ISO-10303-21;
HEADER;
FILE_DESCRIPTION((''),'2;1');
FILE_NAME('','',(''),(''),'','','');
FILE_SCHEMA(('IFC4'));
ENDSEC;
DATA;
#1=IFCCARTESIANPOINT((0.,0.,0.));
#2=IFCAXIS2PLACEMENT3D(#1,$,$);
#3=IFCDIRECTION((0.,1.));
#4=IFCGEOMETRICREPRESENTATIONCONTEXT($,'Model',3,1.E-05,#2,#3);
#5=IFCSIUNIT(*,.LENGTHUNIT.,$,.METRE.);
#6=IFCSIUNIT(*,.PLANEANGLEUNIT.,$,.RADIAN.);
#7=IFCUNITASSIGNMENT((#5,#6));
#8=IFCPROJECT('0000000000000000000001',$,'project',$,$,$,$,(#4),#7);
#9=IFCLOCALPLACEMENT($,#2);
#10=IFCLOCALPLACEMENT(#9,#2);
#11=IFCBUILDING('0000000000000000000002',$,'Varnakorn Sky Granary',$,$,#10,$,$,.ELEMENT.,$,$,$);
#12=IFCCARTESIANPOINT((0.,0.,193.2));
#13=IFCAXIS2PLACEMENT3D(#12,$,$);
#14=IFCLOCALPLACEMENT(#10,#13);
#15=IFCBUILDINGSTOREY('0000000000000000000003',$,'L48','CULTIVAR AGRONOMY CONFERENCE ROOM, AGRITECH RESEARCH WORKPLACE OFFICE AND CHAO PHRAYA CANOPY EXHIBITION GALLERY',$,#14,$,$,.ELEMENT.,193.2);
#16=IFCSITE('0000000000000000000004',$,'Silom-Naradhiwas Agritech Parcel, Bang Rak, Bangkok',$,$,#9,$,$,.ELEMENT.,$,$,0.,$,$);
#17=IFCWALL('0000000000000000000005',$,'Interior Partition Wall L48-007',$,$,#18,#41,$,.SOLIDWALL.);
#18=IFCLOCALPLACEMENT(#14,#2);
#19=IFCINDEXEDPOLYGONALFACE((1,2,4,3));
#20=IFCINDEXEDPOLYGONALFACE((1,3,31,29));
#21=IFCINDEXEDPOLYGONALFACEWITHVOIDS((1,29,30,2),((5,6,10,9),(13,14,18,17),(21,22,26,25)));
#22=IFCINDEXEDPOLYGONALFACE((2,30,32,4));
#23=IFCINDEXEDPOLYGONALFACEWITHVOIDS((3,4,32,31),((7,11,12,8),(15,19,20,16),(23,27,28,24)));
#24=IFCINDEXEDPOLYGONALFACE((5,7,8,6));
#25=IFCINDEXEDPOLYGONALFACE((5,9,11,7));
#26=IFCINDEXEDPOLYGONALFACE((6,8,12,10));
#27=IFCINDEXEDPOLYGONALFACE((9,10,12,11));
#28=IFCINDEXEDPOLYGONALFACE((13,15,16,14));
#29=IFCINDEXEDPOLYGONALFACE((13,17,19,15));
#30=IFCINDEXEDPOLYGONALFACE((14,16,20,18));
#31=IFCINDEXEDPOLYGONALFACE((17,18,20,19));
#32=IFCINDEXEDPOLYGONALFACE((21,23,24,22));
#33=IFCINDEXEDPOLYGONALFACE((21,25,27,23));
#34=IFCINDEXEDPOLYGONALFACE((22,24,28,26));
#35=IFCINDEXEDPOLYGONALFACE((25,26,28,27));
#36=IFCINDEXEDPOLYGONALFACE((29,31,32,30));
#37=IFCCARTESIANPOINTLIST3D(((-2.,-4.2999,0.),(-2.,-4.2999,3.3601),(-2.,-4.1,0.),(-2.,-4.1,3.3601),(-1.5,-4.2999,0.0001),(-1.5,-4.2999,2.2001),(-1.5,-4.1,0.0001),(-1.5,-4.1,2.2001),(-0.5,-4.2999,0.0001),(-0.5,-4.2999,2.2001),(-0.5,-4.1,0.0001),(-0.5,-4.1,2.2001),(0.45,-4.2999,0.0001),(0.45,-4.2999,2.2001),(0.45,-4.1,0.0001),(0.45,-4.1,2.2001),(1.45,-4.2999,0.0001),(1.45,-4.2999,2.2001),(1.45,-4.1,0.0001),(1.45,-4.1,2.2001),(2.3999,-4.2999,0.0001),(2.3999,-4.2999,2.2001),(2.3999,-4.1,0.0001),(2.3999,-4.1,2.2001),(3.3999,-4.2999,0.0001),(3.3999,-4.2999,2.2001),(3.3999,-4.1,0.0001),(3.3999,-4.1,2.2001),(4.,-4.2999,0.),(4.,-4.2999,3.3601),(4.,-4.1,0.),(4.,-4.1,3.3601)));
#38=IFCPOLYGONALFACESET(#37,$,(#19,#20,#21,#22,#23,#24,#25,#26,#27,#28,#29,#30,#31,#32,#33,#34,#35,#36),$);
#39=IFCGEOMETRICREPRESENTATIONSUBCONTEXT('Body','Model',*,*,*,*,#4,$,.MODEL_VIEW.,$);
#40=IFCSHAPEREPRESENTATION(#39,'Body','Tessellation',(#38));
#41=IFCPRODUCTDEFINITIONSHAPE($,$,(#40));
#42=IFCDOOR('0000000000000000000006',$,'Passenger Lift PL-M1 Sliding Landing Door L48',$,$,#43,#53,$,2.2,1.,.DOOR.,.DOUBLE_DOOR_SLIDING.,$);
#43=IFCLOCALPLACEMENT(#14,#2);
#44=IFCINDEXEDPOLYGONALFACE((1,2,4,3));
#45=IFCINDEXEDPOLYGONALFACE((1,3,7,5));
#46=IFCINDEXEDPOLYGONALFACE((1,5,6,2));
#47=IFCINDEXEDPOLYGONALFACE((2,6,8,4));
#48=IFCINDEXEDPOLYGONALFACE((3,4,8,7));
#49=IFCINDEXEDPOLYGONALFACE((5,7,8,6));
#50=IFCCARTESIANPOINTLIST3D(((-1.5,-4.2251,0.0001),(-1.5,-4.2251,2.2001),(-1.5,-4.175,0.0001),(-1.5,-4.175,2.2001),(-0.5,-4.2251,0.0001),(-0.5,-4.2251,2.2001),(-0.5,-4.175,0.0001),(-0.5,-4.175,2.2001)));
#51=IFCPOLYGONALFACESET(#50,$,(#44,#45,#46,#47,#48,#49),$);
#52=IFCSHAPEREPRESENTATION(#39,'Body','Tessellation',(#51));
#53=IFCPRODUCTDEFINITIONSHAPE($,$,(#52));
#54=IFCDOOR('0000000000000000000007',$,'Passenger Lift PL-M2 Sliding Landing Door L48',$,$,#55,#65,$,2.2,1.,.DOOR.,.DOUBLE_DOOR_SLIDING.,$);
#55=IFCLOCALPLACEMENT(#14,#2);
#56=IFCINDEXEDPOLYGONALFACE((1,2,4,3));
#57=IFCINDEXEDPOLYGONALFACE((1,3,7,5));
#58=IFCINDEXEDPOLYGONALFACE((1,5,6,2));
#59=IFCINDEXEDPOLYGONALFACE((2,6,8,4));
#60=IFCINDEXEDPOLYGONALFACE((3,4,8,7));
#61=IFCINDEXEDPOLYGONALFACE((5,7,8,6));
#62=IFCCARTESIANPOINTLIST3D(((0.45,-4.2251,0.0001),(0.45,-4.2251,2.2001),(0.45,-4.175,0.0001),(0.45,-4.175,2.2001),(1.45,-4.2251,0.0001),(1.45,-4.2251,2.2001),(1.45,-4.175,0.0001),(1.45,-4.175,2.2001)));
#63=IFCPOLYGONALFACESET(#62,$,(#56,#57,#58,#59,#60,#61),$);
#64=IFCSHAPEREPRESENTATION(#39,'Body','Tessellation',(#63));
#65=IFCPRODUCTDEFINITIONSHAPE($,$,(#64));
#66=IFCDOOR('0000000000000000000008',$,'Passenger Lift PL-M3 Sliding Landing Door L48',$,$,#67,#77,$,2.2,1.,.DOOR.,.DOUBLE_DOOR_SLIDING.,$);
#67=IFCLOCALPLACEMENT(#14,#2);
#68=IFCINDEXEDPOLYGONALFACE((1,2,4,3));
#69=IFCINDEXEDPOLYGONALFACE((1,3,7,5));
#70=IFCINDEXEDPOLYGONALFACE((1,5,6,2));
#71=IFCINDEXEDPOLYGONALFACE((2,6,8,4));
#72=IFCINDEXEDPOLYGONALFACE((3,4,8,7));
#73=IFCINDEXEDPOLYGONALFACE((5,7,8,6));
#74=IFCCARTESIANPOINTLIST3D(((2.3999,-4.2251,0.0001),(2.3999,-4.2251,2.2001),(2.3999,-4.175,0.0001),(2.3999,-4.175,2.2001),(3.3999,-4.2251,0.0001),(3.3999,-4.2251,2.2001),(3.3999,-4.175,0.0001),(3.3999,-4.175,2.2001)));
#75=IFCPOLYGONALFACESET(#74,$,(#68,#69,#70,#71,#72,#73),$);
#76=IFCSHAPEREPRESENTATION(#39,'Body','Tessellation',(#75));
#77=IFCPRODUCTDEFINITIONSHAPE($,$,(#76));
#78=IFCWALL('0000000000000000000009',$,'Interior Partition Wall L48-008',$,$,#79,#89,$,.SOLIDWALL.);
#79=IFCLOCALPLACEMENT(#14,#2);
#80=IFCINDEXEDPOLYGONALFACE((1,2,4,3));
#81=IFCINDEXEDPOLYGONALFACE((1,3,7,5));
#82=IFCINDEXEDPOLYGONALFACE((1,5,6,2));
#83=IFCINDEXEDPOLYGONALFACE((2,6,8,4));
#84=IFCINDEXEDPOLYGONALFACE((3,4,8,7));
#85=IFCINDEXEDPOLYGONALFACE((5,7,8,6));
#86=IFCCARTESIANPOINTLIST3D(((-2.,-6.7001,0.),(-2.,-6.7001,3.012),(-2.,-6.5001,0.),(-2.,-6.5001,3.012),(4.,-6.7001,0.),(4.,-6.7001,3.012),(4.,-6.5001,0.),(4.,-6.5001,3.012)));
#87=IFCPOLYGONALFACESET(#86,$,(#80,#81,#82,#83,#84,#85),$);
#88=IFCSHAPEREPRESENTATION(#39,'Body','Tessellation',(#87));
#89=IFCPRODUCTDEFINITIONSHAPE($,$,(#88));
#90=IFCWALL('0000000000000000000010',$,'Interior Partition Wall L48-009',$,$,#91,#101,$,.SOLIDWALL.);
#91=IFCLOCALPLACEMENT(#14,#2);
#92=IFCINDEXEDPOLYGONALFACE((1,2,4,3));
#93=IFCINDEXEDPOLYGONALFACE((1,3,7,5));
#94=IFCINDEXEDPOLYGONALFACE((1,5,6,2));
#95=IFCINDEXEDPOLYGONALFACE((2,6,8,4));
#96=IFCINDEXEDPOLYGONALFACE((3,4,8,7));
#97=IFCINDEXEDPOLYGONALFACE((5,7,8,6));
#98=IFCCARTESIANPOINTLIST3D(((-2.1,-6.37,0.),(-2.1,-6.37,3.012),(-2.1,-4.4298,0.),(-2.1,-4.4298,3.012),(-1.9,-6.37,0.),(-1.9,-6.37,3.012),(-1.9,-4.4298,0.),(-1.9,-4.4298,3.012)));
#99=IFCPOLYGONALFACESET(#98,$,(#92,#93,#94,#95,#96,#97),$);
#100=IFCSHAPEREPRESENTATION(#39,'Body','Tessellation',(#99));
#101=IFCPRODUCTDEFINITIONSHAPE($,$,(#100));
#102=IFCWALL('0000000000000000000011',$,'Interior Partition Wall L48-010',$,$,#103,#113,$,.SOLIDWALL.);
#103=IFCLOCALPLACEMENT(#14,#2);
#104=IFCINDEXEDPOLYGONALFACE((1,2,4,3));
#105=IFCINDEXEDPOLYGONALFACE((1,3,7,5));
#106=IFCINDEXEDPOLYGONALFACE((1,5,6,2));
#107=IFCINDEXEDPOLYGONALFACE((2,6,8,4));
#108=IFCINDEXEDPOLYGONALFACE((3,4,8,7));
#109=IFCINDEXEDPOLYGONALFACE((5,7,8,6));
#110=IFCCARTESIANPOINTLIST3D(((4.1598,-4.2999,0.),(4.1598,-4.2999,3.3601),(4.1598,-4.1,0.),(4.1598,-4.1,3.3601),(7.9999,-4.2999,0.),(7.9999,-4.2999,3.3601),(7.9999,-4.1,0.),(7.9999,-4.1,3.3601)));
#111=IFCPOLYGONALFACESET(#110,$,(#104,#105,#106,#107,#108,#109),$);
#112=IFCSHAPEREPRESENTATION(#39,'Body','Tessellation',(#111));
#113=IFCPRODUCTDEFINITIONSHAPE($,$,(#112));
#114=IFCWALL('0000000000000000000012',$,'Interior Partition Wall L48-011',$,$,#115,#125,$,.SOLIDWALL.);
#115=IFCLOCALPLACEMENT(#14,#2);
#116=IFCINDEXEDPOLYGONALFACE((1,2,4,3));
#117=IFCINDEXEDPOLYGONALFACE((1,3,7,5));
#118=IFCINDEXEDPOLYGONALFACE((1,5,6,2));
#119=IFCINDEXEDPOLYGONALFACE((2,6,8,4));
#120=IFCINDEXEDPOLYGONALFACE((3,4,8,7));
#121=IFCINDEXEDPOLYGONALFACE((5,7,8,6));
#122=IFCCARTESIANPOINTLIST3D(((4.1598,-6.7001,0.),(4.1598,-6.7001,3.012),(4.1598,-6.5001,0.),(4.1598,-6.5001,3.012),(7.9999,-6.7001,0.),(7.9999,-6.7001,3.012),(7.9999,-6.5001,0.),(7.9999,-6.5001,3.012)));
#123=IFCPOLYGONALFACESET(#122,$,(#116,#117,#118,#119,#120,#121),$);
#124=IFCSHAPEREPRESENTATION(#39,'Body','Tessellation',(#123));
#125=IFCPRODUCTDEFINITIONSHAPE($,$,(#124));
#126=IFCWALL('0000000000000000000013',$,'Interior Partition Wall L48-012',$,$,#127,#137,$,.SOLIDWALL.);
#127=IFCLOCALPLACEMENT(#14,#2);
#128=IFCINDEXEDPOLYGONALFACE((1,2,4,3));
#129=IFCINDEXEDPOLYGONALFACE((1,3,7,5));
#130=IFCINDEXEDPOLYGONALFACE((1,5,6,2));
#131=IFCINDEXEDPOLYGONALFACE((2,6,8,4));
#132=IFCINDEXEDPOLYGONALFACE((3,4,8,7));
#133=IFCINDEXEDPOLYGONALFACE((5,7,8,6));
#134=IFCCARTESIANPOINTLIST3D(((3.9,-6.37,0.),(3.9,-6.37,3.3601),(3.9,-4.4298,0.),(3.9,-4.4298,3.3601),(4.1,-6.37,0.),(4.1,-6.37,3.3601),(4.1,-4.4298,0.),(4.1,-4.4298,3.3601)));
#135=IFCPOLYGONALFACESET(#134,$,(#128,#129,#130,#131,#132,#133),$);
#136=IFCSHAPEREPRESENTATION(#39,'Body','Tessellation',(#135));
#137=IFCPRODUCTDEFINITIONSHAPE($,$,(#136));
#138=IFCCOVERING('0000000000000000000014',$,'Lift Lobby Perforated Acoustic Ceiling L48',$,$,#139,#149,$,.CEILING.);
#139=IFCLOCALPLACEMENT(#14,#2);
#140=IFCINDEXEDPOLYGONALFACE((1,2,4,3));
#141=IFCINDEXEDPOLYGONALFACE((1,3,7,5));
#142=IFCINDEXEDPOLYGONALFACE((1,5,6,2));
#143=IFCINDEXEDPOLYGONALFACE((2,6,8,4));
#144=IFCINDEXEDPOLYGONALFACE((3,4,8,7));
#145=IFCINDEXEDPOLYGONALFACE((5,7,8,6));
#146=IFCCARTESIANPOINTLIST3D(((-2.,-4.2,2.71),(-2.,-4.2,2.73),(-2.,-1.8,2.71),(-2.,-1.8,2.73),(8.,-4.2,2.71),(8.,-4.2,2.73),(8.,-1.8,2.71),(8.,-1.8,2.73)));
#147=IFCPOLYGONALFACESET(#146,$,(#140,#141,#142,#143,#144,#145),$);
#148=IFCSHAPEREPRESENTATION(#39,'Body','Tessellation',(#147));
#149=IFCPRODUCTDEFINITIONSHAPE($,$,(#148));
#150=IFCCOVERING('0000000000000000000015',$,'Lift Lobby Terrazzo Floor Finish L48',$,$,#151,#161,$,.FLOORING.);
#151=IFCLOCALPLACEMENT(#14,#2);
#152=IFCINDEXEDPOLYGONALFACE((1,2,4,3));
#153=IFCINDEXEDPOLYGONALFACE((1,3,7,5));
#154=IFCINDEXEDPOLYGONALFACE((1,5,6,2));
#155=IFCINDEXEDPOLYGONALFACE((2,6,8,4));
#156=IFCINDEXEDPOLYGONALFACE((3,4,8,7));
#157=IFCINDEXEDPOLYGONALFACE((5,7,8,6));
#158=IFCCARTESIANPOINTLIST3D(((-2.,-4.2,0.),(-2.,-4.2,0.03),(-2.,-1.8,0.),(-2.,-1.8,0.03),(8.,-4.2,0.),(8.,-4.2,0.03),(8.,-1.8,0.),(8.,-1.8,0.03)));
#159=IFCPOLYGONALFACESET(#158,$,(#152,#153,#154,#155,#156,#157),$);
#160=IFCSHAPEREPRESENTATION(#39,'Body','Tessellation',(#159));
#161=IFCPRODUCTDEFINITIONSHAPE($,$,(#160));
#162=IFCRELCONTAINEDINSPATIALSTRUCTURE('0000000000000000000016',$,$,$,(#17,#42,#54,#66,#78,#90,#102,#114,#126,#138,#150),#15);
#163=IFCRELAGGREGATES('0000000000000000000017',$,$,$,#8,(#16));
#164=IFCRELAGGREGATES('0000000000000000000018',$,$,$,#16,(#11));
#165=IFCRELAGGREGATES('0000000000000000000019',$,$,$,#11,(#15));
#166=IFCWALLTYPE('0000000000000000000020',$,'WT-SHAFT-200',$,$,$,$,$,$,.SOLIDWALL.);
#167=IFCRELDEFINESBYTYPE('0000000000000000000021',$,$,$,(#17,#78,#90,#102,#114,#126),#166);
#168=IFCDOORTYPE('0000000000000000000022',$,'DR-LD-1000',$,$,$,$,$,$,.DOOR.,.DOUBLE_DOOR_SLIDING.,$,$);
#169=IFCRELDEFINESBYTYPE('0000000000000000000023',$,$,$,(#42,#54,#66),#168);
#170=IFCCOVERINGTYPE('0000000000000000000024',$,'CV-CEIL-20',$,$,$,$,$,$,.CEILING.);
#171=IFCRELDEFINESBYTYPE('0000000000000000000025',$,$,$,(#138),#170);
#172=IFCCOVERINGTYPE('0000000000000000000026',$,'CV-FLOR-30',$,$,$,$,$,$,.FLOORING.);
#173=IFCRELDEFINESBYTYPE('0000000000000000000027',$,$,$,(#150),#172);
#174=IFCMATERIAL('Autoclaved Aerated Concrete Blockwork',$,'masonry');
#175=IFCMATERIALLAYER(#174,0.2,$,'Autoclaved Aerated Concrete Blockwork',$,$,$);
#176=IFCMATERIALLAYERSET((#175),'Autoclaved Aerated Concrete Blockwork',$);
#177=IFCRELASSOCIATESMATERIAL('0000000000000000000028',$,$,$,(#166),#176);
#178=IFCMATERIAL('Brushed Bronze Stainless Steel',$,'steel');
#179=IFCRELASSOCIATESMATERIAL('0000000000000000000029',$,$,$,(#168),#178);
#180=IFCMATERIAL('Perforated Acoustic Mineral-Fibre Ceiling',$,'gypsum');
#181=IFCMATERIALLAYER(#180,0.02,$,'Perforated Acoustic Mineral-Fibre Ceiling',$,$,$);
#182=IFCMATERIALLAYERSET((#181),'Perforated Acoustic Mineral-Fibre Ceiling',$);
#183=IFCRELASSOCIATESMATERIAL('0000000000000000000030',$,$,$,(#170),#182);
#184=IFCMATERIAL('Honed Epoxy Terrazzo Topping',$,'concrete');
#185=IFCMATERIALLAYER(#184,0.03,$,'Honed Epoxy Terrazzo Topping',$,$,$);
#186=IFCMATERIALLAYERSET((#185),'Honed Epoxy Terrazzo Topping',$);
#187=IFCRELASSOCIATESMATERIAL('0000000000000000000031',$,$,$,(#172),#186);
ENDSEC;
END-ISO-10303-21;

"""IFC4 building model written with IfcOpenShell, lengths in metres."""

from ifc_helpers import new_model, si_unit, direction, frame, frame_2d, origin, place, context, subcontext, project, spatial, polyline, rectangle, outline, extrude, material, layer, layer_set, type_object, element, fill, save


model = new_model("IFC4")

# Units and contexts
model_context = context("Model", 3, precision=1e-05, world=origin(), true_north=direction((0.0, 1.0)))
body_context = subcontext(model_context, "Body", "Model", "MODEL_VIEW")
ifc_project = project(units=[si_unit("LENGTHUNIT", "METRE"), si_unit("PLANEANGLEUNIT", "RADIAN")], contexts=[model_context])

# Site, building, storey
site_placement = place(None, origin())
site = spatial("IfcSite", under=ifc_project, at=site_placement, Name="Silom-Naradhiwas Agritech Parcel, Bang Rak, Bangkok", CompositionType="ELEMENT", RefElevation=0.0)
building_placement = place(site_placement, origin())
building = spatial("IfcBuilding", under=site, at=building_placement, Name="Varnakorn Sky Granary", CompositionType="ELEMENT")
storey_placement = place(building_placement, frame((0.0, 0.0, 193.2)))
storey = spatial("IfcBuildingStorey", under=building, at=storey_placement, Name="L48", Description="CULTIVAR AGRONOMY CONFERENCE ROOM, AGRITECH RESEARCH WORKPLACE OFFICE AND CHAO PHRAYA CANOPY EXHIBITION GALLERY", CompositionType="ELEMENT", Elevation=193.2)

# Shared definitions
ifc_material_1 = material(Name="Autoclaved Aerated Concrete Blockwork", Category="masonry")

# Shared definitions
ifc_layer_1 = layer(ifc_material_1, 0.2, Name="Autoclaved Aerated Concrete Blockwork")
ifc_layer_set_1 = layer_set([ifc_layer_1], Name="Autoclaved Aerated Concrete Blockwork")
wall_type_1 = type_object("IfcWallType", Name="WT-SHAFT-200", PredefinedType="SOLIDWALL", material=ifc_layer_set_1)

# Wall, openings, doors
wall_1_placement = place(storey_placement, frame((-2.0, -4.2, 0.0), z_axis=(0.0, 0.0, 1.0), x_axis=(1.0, 0.0, 0.0)))
wall_1 = element("IfcWall", 1, at=wall_1_placement, inside=storey, type_object=wall_type_1, Name="Interior Partition Wall L48-007", PredefinedType="SOLIDWALL", context=body_context, shape_type="SweptSolid", body=[
    extrude(rectangle(XDim=6.0, YDim=0.2, at=frame_2d((3.0, 0.0))), origin(), (0.0, 0.0, 1.0), 3.3601),
])
opening_1_placement = place(wall_1_placement, frame((0.5, 0.0, 0.0)))
opening_1 = element("IfcOpeningElement", 2, at=opening_1_placement, cuts=wall_1, PredefinedType="OPENING", context=body_context, shape_type="SweptSolid", body=[
    extrude(rectangle(XDim=1.0, YDim=2.2, at=frame_2d((0.5, 1.1001))), frame((0.0, 0.1099, 0.0), z_axis=(0.0, -1.0, 0.0), x_axis=(1.0, 0.0, 0.0)), (0.0, 0.0, 1.0), 0.22),
])
opening_2_placement = place(wall_1_placement, frame((2.45, 0.0, 0.0)))
opening_2 = element("IfcOpeningElement", 3, at=opening_2_placement, cuts=wall_1, PredefinedType="OPENING", context=body_context, shape_type="SweptSolid", body=[
    extrude(rectangle(XDim=1.0, YDim=2.2, at=frame_2d((0.5, 1.1001))), frame((0.0, 0.1099, 0.0), z_axis=(0.0, -1.0, 0.0), x_axis=(1.0, 0.0, 0.0)), (0.0, 0.0, 1.0), 0.22),
])
opening_3_placement = place(wall_1_placement, frame((4.3999, 0.0, 0.0)))
opening_3 = element("IfcOpeningElement", 4, at=opening_3_placement, cuts=wall_1, PredefinedType="OPENING", context=body_context, shape_type="SweptSolid", body=[
    extrude(rectangle(XDim=1.0, YDim=2.2, at=frame_2d((0.5, 1.1001))), frame((0.0, 0.1099, 0.0), z_axis=(0.0, -1.0, 0.0), x_axis=(1.0, 0.0, 0.0)), (0.0, 0.0, 1.0), 0.22),
])
ifc_material_2 = material(Name="Brushed Bronze Stainless Steel", Category="steel")
door_type_1 = type_object("IfcDoorType", Name="DR-LD-1000", OperationType="DOUBLE_DOOR_SLIDING", PredefinedType="DOOR", material=ifc_material_2)
door_1_placement = place(opening_1_placement, origin())
door_1 = element("IfcDoor", 5, at=door_1_placement, inside=storey, type_object=door_type_1, Name="Passenger Lift PL-M1 Sliding Landing Door L48", OperationType="DOUBLE_DOOR_SLIDING", OverallHeight=2.2, OverallWidth=1.0, PredefinedType="DOOR", context=body_context, shape_type="SweptSolid", body=[
    extrude(rectangle(XDim=1.0, YDim=2.2, at=frame_2d((0.5, 1.1001))), frame((0.0, 0.0249, 0.0), z_axis=(0.0, -1.0, 0.0), x_axis=(1.0, 0.0, 0.0)), (0.0, 0.0, 1.0), 0.05),
])
fill(opening_1, door_1)
door_2_placement = place(opening_2_placement, origin())
door_2 = element("IfcDoor", 6, at=door_2_placement, inside=storey, type_object=door_type_1, Name="Passenger Lift PL-M2 Sliding Landing Door L48", OperationType="DOUBLE_DOOR_SLIDING", OverallHeight=2.2, OverallWidth=1.0, PredefinedType="DOOR", context=body_context, shape_type="SweptSolid", body=[
    extrude(rectangle(XDim=1.0, YDim=2.2, at=frame_2d((0.5, 1.1001))), frame((0.0, 0.0249, 0.0), z_axis=(0.0, -1.0, 0.0), x_axis=(1.0, 0.0, 0.0)), (0.0, 0.0, 1.0), 0.05),
])
fill(opening_2, door_2)
door_3_placement = place(opening_3_placement, origin())
door_3 = element("IfcDoor", 7, at=door_3_placement, inside=storey, type_object=door_type_1, Name="Passenger Lift PL-M3 Sliding Landing Door L48", OperationType="DOUBLE_DOOR_SLIDING", OverallHeight=2.2, OverallWidth=1.0, PredefinedType="DOOR", context=body_context, shape_type="SweptSolid", body=[
    extrude(rectangle(XDim=1.0, YDim=2.2, at=frame_2d((0.5, 1.1001))), frame((0.0, 0.0249, 0.0), z_axis=(0.0, -1.0, 0.0), x_axis=(1.0, 0.0, 0.0)), (0.0, 0.0, 1.0), 0.05),
])
fill(opening_3, door_3)

# Walls
wall_2_placement = place(storey_placement, frame((-2.0, -6.6001, 0.0), z_axis=(0.0, 0.0, 1.0), x_axis=(1.0, 0.0, 0.0)))
element("IfcWall", 8, at=wall_2_placement, inside=storey, type_object=wall_type_1, Name="Interior Partition Wall L48-008", PredefinedType="SOLIDWALL", context=body_context, shape_type="SweptSolid", body=[
    extrude(rectangle(XDim=6.0, YDim=0.2, at=frame_2d((3.0, 0.0))), origin(), (0.0, 0.0, 1.0), 3.012),
])
wall_3_placement = place(storey_placement, frame((-2.0, -6.3701, 0.0), z_axis=(0.0, 0.0, 1.0), x_axis=(0.0, 1.0, 0.0)))
element("IfcWall", 9, at=wall_3_placement, inside=storey, type_object=wall_type_1, Name="Interior Partition Wall L48-009", PredefinedType="SOLIDWALL", context=body_context, shape_type="SweptSolid", body=[
    extrude(rectangle(XDim=1.9402, YDim=0.2, at=frame_2d((0.9702, 0.0))), origin(), (0.0, 0.0, 1.0), 3.012),
])
wall_4_placement = place(storey_placement, frame((4.1599, -4.2, 0.0), z_axis=(0.0, 0.0, 1.0), x_axis=(1.0, 0.0, 0.0)))
element("IfcWall", 10, at=wall_4_placement, inside=storey, type_object=wall_type_1, Name="Interior Partition Wall L48-010", PredefinedType="SOLIDWALL", context=body_context, shape_type="SweptSolid", body=[
    extrude(rectangle(XDim=3.8401, YDim=0.2, at=frame_2d((1.9199, 0.0))), origin(), (0.0, 0.0, 1.0), 3.3601),
])
wall_5_placement = place(storey_placement, frame((4.1599, -6.6001, 0.0), z_axis=(0.0, 0.0, 1.0), x_axis=(1.0, 0.0, 0.0)))
element("IfcWall", 11, at=wall_5_placement, inside=storey, type_object=wall_type_1, Name="Interior Partition Wall L48-011", PredefinedType="SOLIDWALL", context=body_context, shape_type="SweptSolid", body=[
    extrude(rectangle(XDim=3.8401, YDim=0.2, at=frame_2d((1.9199, 0.0))), origin(), (0.0, 0.0, 1.0), 3.012),
])
wall_6_placement = place(storey_placement, frame((4.0, -6.3701, 0.0), z_axis=(0.0, 0.0, 1.0), x_axis=(0.0, 1.0, 0.0)))
element("IfcWall", 12, at=wall_6_placement, inside=storey, type_object=wall_type_1, Name="Interior Partition Wall L48-012", PredefinedType="SOLIDWALL", context=body_context, shape_type="SweptSolid", body=[
    extrude(rectangle(XDim=1.9402, YDim=0.2, at=frame_2d((0.9702, 0.0))), origin(), (0.0, 0.0, 1.0), 3.3601),
])

# Coverings
ifc_material_3 = material(Name="Perforated Acoustic Mineral-Fibre Ceiling", Category="gypsum")
ifc_layer_2 = layer(ifc_material_3, 0.02, Name="Perforated Acoustic Mineral-Fibre Ceiling")
ifc_layer_set_2 = layer_set([ifc_layer_2], Name="Perforated Acoustic Mineral-Fibre Ceiling")
covering_type_1 = type_object("IfcCoveringType", Name="CV-CEIL-20", PredefinedType="CEILING", material=ifc_layer_set_2)
covering_1_placement = place(storey_placement, frame((0.0, 0.0, 2.71)))
element("IfcCovering", 13, at=covering_1_placement, inside=storey, type_object=covering_type_1, Name="Lift Lobby Perforated Acoustic Ceiling L48", PredefinedType="CEILING", context=body_context, shape_type="SweptSolid", body=[
    extrude(outline(polyline([(-2.0, -4.2), (8.0, -4.2), (8.0, -1.8), (-2.0, -1.8), (-2.0, -4.2)])), origin(), (0.0, 0.0, 1.0), 0.02),
])
ifc_material_4 = material(Name="Honed Epoxy Terrazzo Topping", Category="concrete")
ifc_layer_3 = layer(ifc_material_4, 0.03, Name="Honed Epoxy Terrazzo Topping")
ifc_layer_set_3 = layer_set([ifc_layer_3], Name="Honed Epoxy Terrazzo Topping")
covering_type_2 = type_object("IfcCoveringType", Name="CV-FLOR-30", PredefinedType="FLOORING", material=ifc_layer_set_3)
covering_2_placement = place(storey_placement, origin())
element("IfcCovering", 14, at=covering_2_placement, inside=storey, type_object=covering_type_2, Name="Lift Lobby Terrazzo Floor Finish L48", PredefinedType="FLOORING", context=body_context, shape_type="SweptSolid", body=[
    extrude(outline(polyline([(-2.0, -4.2), (8.0, -4.2), (8.0, -1.8), (-2.0, -1.8), (-2.0, -4.2)])), origin(), (0.0, 0.0, 1.0), 0.03),
])

save(model, "model.ifc")
